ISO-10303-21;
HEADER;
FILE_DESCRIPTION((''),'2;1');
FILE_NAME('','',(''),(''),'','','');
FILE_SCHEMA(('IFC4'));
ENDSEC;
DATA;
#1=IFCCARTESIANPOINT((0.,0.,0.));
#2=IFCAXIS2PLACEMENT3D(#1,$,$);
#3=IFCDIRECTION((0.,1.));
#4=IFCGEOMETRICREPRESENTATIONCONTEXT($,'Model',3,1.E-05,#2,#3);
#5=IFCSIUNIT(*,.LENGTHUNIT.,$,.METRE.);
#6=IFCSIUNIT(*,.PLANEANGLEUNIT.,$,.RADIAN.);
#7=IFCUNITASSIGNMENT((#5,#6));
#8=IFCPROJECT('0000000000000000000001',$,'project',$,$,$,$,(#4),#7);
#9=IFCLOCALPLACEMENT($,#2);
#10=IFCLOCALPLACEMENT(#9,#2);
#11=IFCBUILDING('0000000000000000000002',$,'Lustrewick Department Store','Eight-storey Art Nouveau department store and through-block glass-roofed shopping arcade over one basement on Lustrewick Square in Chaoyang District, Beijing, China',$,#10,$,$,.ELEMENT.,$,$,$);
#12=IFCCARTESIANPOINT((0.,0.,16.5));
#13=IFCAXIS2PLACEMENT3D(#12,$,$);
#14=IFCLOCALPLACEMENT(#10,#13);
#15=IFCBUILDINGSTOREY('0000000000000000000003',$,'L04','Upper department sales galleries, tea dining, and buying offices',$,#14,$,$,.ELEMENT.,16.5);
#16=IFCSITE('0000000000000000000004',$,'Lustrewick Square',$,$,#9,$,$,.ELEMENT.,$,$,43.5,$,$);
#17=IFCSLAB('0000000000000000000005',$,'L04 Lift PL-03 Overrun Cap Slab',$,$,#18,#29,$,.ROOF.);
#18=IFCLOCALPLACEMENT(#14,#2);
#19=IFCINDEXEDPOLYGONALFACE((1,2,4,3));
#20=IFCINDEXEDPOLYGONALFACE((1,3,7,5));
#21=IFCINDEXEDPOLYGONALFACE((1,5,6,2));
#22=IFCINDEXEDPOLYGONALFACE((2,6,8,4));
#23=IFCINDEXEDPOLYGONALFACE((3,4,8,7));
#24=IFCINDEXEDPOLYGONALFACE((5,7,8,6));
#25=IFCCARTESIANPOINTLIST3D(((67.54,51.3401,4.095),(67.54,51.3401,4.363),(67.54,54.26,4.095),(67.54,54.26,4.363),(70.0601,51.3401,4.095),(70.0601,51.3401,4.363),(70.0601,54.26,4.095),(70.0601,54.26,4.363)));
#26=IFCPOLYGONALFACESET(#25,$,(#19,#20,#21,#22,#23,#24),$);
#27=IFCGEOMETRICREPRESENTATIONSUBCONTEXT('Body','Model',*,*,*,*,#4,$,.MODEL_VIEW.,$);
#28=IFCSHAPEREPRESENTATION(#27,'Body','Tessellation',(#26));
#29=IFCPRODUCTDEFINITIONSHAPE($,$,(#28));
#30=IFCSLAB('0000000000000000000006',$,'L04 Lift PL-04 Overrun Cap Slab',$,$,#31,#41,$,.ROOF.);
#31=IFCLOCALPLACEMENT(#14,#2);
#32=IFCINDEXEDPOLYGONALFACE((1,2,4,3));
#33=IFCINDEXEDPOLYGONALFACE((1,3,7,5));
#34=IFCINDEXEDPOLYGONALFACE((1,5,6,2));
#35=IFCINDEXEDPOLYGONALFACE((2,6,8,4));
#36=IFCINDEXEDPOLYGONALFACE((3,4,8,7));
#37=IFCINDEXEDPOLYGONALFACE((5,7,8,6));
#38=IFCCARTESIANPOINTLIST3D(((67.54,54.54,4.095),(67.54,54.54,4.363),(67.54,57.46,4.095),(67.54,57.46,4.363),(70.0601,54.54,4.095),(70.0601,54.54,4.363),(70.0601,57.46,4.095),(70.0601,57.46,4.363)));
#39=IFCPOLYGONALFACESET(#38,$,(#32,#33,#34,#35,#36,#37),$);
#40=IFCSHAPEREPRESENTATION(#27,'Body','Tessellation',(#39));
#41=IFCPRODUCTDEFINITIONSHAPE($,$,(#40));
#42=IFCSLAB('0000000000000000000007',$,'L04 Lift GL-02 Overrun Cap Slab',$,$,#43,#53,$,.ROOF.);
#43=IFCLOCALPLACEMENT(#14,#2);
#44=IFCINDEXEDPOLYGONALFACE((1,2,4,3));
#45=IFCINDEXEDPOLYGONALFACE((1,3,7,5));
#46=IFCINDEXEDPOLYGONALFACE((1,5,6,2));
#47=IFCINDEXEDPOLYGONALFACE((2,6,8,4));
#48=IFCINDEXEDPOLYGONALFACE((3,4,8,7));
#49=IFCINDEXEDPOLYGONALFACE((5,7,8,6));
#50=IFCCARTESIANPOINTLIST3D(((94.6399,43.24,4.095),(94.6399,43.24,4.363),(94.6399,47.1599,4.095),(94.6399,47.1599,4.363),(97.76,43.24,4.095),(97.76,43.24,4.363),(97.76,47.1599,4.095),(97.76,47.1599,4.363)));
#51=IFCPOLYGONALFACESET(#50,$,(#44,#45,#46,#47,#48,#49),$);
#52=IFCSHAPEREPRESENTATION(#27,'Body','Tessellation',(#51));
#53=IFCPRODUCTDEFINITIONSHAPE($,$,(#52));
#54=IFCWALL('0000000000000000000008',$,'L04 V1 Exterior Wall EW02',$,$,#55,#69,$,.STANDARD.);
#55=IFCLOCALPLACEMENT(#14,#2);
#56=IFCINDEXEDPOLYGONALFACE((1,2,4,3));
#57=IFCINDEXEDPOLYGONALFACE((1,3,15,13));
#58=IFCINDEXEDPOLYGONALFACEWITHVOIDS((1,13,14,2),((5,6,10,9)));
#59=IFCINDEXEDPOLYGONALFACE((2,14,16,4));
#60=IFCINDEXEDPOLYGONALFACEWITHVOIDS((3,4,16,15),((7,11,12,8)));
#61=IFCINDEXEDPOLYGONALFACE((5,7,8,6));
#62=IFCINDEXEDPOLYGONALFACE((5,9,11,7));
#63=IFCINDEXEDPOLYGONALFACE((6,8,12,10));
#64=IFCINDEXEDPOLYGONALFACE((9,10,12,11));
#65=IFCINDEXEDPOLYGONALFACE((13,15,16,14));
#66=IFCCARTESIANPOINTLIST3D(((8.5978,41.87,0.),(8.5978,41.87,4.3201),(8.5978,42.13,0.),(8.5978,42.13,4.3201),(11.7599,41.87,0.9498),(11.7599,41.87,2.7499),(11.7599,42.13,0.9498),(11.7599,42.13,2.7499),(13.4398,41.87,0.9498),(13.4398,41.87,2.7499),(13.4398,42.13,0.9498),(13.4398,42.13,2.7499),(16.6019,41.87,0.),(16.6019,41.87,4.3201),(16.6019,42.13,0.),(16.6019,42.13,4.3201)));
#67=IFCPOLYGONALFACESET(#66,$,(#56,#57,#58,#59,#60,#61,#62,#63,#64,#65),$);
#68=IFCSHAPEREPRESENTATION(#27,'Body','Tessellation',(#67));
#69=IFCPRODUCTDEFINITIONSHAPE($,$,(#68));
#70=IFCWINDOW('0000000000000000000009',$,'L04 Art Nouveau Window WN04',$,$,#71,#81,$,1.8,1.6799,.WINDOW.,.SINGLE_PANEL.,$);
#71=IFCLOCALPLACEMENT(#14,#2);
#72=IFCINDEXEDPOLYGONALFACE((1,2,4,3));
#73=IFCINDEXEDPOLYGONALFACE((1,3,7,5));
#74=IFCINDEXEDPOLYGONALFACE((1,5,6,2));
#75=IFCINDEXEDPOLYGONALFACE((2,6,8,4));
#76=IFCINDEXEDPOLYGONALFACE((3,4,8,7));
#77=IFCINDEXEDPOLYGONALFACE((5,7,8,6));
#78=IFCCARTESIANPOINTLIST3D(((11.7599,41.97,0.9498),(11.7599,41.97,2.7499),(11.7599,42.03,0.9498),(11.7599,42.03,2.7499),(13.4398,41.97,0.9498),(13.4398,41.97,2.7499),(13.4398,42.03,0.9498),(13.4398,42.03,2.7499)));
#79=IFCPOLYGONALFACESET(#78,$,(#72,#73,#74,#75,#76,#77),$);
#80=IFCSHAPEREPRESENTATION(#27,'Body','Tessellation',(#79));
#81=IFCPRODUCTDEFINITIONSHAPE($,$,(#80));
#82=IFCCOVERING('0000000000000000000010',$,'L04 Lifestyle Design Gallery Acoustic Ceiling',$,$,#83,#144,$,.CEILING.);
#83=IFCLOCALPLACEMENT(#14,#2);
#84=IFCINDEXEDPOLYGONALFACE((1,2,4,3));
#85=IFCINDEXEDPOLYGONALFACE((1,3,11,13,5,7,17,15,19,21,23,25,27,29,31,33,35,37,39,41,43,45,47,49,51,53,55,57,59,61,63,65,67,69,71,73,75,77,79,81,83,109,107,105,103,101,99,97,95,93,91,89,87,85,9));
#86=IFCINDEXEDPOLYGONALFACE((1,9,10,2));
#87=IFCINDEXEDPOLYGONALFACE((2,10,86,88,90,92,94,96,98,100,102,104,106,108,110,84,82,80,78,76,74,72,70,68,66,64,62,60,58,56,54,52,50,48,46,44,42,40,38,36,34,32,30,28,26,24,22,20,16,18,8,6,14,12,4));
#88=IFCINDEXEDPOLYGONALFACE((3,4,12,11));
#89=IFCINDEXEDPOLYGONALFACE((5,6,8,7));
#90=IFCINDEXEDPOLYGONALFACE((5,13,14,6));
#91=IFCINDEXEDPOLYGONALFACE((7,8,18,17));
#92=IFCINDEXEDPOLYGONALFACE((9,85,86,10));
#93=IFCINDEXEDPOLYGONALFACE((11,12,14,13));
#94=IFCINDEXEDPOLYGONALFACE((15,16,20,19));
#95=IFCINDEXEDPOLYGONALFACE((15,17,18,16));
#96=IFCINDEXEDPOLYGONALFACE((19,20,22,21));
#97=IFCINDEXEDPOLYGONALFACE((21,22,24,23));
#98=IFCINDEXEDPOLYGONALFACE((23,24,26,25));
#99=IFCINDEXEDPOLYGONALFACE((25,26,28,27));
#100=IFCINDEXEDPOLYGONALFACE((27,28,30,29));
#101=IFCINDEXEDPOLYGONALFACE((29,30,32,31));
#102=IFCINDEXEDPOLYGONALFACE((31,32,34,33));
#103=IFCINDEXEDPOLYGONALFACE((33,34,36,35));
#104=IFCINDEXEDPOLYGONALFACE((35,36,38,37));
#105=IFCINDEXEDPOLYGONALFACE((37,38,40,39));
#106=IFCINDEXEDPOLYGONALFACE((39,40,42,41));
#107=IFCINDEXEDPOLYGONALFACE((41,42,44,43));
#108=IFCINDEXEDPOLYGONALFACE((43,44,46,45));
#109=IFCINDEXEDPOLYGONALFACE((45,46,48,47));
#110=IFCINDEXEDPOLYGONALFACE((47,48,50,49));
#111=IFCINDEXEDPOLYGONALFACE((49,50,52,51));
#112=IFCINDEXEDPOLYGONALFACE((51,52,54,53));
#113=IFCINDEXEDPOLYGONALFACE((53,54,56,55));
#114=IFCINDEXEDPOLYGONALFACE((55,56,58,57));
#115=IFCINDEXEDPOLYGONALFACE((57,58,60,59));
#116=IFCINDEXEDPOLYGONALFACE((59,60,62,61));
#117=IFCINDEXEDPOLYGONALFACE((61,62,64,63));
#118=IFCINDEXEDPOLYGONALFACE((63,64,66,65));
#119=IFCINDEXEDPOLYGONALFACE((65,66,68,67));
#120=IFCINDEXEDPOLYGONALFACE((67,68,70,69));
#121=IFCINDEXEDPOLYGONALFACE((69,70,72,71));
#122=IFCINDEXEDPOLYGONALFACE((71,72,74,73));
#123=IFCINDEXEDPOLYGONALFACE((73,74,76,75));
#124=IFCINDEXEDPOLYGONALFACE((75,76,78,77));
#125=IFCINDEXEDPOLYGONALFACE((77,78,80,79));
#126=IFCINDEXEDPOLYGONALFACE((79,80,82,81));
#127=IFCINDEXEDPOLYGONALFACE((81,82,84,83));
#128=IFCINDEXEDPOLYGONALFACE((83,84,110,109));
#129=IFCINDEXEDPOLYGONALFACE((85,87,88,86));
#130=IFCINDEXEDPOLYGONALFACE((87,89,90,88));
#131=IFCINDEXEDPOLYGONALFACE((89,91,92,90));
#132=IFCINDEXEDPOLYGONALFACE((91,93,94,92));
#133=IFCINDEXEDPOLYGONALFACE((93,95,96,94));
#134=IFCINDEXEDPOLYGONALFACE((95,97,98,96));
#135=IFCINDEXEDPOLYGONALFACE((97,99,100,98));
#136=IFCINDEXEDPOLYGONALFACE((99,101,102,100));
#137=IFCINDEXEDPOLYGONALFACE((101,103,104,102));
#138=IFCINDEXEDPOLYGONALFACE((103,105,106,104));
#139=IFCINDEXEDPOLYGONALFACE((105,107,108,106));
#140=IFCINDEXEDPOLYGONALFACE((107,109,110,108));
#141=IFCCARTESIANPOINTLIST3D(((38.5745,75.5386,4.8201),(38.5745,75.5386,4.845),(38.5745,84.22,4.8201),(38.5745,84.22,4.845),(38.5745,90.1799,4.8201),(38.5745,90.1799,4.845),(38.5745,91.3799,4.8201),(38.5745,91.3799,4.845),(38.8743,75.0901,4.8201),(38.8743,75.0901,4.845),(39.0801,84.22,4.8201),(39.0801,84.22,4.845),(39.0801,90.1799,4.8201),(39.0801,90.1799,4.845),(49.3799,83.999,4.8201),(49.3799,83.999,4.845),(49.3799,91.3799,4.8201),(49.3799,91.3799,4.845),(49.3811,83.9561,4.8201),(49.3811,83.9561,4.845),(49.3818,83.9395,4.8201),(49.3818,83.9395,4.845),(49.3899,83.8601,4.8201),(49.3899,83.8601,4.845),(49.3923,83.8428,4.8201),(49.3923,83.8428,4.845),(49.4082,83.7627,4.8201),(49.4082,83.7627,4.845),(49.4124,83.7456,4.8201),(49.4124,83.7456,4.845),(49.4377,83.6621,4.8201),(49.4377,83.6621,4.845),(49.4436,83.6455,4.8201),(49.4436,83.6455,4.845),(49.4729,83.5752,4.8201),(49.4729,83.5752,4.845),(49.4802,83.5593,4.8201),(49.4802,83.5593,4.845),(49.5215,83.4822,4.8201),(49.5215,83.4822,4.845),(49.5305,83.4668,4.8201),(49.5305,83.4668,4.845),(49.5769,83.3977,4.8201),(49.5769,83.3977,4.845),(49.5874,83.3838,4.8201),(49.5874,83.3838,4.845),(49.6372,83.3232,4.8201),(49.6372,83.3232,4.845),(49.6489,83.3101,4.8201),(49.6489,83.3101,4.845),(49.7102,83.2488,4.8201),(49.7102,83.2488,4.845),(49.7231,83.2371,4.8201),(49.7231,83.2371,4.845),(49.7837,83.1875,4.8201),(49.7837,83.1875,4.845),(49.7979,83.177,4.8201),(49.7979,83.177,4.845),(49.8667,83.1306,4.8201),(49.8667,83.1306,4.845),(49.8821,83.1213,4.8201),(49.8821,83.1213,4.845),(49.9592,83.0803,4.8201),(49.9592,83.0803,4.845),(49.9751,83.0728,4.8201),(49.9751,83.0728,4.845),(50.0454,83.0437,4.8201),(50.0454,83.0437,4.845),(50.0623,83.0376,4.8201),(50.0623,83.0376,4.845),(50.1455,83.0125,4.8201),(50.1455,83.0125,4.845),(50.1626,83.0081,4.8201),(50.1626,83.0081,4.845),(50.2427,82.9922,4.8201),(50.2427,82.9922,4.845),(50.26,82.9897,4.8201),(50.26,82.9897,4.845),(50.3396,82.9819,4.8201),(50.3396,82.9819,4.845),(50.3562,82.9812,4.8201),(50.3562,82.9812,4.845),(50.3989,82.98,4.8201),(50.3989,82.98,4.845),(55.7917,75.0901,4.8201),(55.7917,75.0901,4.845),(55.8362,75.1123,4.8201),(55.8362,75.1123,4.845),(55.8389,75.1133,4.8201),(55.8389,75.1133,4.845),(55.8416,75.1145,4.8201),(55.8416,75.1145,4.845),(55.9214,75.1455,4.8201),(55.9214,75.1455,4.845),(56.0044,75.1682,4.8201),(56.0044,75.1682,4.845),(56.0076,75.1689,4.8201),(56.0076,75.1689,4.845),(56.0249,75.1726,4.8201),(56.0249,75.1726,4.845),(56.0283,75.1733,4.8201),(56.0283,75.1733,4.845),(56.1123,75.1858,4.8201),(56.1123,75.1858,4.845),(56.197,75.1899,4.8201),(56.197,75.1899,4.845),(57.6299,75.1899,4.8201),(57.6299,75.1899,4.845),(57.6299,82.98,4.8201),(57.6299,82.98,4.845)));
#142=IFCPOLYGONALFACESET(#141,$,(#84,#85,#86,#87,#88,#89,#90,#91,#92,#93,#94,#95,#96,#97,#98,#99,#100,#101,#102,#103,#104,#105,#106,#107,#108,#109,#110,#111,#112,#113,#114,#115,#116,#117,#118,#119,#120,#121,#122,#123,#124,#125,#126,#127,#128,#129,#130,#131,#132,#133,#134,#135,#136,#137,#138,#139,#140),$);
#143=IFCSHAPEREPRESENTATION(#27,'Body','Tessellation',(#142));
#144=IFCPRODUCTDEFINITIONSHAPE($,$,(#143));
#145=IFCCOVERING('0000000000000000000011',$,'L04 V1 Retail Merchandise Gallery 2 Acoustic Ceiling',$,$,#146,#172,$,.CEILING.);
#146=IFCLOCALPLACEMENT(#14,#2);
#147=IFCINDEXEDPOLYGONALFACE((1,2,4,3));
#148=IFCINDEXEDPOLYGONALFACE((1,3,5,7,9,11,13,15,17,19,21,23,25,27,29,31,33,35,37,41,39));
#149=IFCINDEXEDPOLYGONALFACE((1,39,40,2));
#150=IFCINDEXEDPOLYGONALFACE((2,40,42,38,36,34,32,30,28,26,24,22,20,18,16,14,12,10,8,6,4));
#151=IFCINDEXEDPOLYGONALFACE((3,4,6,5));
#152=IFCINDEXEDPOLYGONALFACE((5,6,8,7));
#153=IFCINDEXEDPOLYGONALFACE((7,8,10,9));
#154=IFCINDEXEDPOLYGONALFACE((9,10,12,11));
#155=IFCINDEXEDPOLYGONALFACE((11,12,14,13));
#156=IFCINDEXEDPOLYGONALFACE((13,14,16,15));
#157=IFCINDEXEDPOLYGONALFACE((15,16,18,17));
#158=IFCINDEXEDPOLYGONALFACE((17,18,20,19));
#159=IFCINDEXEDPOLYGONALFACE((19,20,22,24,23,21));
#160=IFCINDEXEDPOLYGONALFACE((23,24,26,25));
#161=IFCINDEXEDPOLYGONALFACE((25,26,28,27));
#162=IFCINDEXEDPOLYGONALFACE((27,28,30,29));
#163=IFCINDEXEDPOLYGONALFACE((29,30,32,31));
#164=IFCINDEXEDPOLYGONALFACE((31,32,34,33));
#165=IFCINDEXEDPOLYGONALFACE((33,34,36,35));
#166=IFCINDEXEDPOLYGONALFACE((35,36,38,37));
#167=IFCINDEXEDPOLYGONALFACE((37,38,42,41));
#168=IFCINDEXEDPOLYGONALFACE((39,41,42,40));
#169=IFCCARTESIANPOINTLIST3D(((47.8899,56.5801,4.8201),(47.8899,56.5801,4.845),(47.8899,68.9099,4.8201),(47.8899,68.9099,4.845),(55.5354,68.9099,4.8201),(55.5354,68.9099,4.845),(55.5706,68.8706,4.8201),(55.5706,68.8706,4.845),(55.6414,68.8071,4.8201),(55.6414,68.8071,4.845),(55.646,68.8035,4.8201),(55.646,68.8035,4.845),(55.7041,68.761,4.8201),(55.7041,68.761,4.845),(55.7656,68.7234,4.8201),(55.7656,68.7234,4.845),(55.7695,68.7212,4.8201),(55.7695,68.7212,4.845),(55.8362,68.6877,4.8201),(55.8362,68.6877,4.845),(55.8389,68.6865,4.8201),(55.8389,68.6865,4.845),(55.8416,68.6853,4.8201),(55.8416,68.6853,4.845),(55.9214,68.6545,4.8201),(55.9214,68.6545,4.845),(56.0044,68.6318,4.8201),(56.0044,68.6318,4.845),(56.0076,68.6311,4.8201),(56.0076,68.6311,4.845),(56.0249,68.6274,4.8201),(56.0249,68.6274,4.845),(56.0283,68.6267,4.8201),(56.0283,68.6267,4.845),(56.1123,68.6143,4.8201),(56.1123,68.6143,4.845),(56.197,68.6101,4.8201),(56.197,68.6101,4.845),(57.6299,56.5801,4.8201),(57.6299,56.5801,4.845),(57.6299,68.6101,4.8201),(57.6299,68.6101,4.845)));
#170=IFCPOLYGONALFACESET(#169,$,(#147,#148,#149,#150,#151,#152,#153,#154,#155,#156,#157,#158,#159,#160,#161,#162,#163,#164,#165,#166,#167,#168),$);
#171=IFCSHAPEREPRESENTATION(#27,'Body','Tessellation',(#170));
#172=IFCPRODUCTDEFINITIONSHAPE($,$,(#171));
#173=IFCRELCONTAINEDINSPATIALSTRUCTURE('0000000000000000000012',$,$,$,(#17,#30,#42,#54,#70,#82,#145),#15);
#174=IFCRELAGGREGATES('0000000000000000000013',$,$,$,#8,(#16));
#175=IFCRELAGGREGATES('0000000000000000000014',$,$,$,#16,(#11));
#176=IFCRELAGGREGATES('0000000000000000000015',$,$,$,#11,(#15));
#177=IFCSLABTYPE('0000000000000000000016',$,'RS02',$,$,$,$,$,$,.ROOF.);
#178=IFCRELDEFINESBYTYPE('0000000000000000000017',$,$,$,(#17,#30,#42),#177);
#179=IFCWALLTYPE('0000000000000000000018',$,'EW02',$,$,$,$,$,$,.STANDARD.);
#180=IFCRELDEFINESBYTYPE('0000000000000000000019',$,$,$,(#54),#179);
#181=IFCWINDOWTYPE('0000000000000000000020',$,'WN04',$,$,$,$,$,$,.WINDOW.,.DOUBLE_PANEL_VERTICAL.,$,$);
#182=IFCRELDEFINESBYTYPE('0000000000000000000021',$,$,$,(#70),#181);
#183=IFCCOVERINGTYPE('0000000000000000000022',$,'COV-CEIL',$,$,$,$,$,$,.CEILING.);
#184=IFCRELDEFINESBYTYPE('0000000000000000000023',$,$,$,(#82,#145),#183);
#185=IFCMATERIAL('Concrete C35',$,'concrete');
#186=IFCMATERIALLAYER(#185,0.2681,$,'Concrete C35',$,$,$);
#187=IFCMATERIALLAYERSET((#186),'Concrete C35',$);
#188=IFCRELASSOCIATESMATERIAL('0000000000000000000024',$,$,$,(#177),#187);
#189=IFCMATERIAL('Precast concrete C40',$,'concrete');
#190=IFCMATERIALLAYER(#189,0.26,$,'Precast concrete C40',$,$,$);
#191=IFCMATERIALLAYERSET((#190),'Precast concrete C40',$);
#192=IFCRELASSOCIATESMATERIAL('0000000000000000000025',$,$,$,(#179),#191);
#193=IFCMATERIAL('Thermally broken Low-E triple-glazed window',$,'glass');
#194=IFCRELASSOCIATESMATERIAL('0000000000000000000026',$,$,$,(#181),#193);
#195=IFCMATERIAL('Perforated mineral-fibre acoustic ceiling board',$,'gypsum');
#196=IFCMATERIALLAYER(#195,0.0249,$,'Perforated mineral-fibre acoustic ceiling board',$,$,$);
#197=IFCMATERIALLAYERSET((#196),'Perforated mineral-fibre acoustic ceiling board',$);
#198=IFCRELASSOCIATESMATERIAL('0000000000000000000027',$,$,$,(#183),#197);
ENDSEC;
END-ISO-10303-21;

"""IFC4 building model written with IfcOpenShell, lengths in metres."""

from ifc_helpers import new_model, si_unit, direction, frame, frame_2d, origin, place, context, subcontext, project, spatial, polyline, rectangle, outline, extrude, material, layer, layer_set, type_object, element, fill, save


model = new_model("IFC4")

# Units and contexts
model_context = context("Model", 3, precision=1e-05, world=origin(), true_north=direction((0.0, 1.0)))
body_context = subcontext(model_context, "Body", "Model", "MODEL_VIEW")
ifc_project = project(units=[si_unit("LENGTHUNIT", "METRE"), si_unit("PLANEANGLEUNIT", "RADIAN")], contexts=[model_context])

# Site, building, storey
site_placement = place(None, origin())
site = spatial("IfcSite", under=ifc_project, at=site_placement, Name="Lustrewick Square", CompositionType="ELEMENT", RefElevation=43.5)
building_placement = place(site_placement, origin())
building = spatial("IfcBuilding", under=site, at=building_placement, Name="Lustrewick Department Store", Description="Eight-storey Art Nouveau department store and through-block glass-roofed shopping arcade over one basement on Lustrewick Square in Chaoyang District, Beijing, China", CompositionType="ELEMENT")
storey_placement = place(building_placement, frame((0.0, 0.0, 16.5)))
storey = spatial("IfcBuildingStorey", under=building, at=storey_placement, Name="L04", Description="Upper department sales galleries, tea dining, and buying offices", CompositionType="ELEMENT", Elevation=16.5)

# Slabs
ifc_material_1 = material(Name="Concrete C35", Category="concrete")
ifc_layer_1 = layer(ifc_material_1, 0.2681, Name="Concrete C35")
ifc_layer_set_1 = layer_set([ifc_layer_1], Name="Concrete C35")
slab_type_1 = type_object("IfcSlabType", Name="RS02", PredefinedType="ROOF", material=ifc_layer_set_1)
slab_1_placement = place(storey_placement, frame((0.0, 0.0, 4.095)))
element("IfcSlab", 1, at=slab_1_placement, inside=storey, type_object=slab_type_1, Name="L04 Lift PL-03 Overrun Cap Slab", PredefinedType="ROOF", context=body_context, shape_type="SweptSolid", body=[
    extrude(outline(polyline([(70.0601, 51.3401), (70.0601, 54.26), (67.54, 54.26), (67.54, 51.3401), (70.0601, 51.3401)])), origin(), (0.0, 0.0, 1.0), 0.2681),
])
slab_2_placement = place(storey_placement, frame((0.0, 0.0, 4.095)))
element("IfcSlab", 2, at=slab_2_placement, inside=storey, type_object=slab_type_1, Name="L04 Lift PL-04 Overrun Cap Slab", PredefinedType="ROOF", context=body_context, shape_type="SweptSolid", body=[
    extrude(outline(polyline([(70.0601, 54.54), (70.0601, 57.46), (67.54, 57.46), (67.54, 54.54), (70.0601, 54.54)])), origin(), (0.0, 0.0, 1.0), 0.2681),
])
slab_3_placement = place(storey_placement, frame((0.0, 0.0, 4.095)))
element("IfcSlab", 3, at=slab_3_placement, inside=storey, type_object=slab_type_1, Name="L04 Lift GL-02 Overrun Cap Slab", PredefinedType="ROOF", context=body_context, shape_type="SweptSolid", body=[
    extrude(outline(polyline([(97.76, 43.24), (97.76, 47.1599), (94.6399, 47.1599), (94.6399, 43.24), (97.76, 43.24)])), origin(), (0.0, 0.0, 1.0), 0.2681),
])

# Wall, opening, window
ifc_material_2 = material(Name="Precast concrete C40", Category="concrete")
ifc_layer_2 = layer(ifc_material_2, 0.26, Name="Precast concrete C40")
ifc_layer_set_2 = layer_set([ifc_layer_2], Name="Precast concrete C40")
wall_type = type_object("IfcWallType", Name="EW02", PredefinedType="STANDARD", material=ifc_layer_set_2)
wall_placement = place(storey_placement, frame((8.5979, 42.0, 0.0), z_axis=(0.0, 0.0, 1.0), x_axis=(1.0, 0.0, 0.0)))
wall = element("IfcWall", 4, at=wall_placement, inside=storey, type_object=wall_type, Name="L04 V1 Exterior Wall EW02", PredefinedType="STANDARD", context=body_context, shape_type="SweptSolid", body=[
    extrude(rectangle(XDim=8.0042, YDim=0.26, at=frame_2d((4.002, 0.0))), origin(), (0.0, 0.0, 1.0), 4.3201),
])
opening_placement = place(wall_placement, frame((3.1621, 0.0, 0.95)))
opening = element("IfcOpeningElement", 5, at=opening_placement, cuts=wall, PredefinedType="OPENING", context=body_context, shape_type="SweptSolid", body=[
    extrude(rectangle(XDim=1.6799, YDim=1.8, at=frame_2d((0.8398, 0.8999))), frame((0.0, 0.1401, 0.0), z_axis=(0.0, -1.0, 0.0), x_axis=(1.0, 0.0, 0.0)), (0.0, 0.0, 1.0), 0.28),
])
ifc_material_3 = material(Name="Thermally broken Low-E triple-glazed window", Category="glass")
window_type = type_object("IfcWindowType", Name="WN04", PartitioningType="DOUBLE_PANEL_VERTICAL", PredefinedType="WINDOW", material=ifc_material_3)
window_placement = place(opening_placement, origin())
window = element("IfcWindow", 6, at=window_placement, inside=storey, type_object=window_type, Name="L04 Art Nouveau Window WN04", OverallHeight=1.8, OverallWidth=1.6799, PartitioningType="SINGLE_PANEL", PredefinedType="WINDOW", context=body_context, shape_type="SweptSolid", body=[
    extrude(rectangle(XDim=1.6799, YDim=1.8, at=frame_2d((0.8398, 0.8999))), frame((0.0, 0.03, 0.0), z_axis=(0.0, -1.0, 0.0), x_axis=(1.0, 0.0, 0.0)), (0.0, 0.0, 1.0), 0.0601),
])
fill(opening, window)

# Coverings
ifc_material_4 = material(Name="Perforated mineral-fibre acoustic ceiling board", Category="gypsum")
ifc_layer_3 = layer(ifc_material_4, 0.0249, Name="Perforated mineral-fibre acoustic ceiling board")
ifc_layer_set_3 = layer_set([ifc_layer_3], Name="Perforated mineral-fibre acoustic ceiling board")
covering_type_1 = type_object("IfcCoveringType", Name="COV-CEIL", PredefinedType="CEILING", material=ifc_layer_set_3)
covering_1_placement = place(storey_placement, frame((0.0, 0.0, 4.8201)))
element("IfcCovering", 7, at=covering_1_placement, inside=storey, type_object=covering_type_1, Name="L04 Lifestyle Design Gallery Acoustic Ceiling", PredefinedType="CEILING", context=body_context, shape_type="SweptSolid", body=[
    extrude(outline(polyline([(38.5745, 91.3799), (38.5745, 90.1799), (39.0801, 90.1799), (39.0801, 84.22), (38.5745, 84.22), (38.5745, 75.5386), (38.8743, 75.0901), (55.7917, 75.0901), (55.8362, 75.1123), (55.8389, 75.1133), (55.8416, 75.1145), (55.9214, 75.1455), (56.0044, 75.1682), (56.0076, 75.1689), (56.0249, 75.1726), (56.0283, 75.1733), (56.1123, 75.1858), (56.197, 75.1899), (57.6299, 75.1899), (57.6299, 82.98), (50.3989, 82.98), (50.3562, 82.9812), (50.3396, 82.9819), (50.26, 82.9897), (50.2427, 82.9922), (50.1626, 83.0081), (50.1455, 83.0125), (50.0623, 83.0376), (50.0454, 83.0437), (49.9751, 83.0728), (49.9592, 83.0803), (49.8821, 83.1213), (49.8667, 83.1306), (49.7979, 83.177), (49.7837, 83.1875), (49.7231, 83.2371), (49.7102, 83.2488), (49.6489, 83.3101), (49.6372, 83.3232), (49.5874, 83.3838), (49.5769, 83.3977), (49.5305, 83.4668), (49.5215, 83.4822), (49.4802, 83.5593), (49.4729, 83.5752), (49.4436, 83.6455), (49.4377, 83.6621), (49.4124, 83.7456), (49.4082, 83.7627), (49.3923, 83.8428), (49.3899, 83.8601), (49.3818, 83.9395), (49.3811, 83.9561), (49.3799, 83.999), (49.3799, 91.3799), (38.5745, 91.3799)])), origin(), (0.0, 0.0, 1.0), 0.0249),
])
covering_2_placement = place(storey_placement, frame((0.0, 0.0, 4.8201)))
element("IfcCovering", 8, at=covering_2_placement, inside=storey, type_object=covering_type_1, Name="L04 V1 Retail Merchandise Gallery 2 Acoustic Ceiling", PredefinedType="CEILING", context=body_context, shape_type="SweptSolid", body=[
    extrude(outline(polyline([(55.5354, 68.9099), (47.8899, 68.9099), (47.8899, 56.5801), (57.6299, 56.5801), (57.6299, 68.6101), (56.197, 68.6101), (56.1123, 68.6143), (56.0283, 68.6267), (56.0249, 68.6274), (56.0076, 68.6311), (56.0044, 68.6318), (55.9214, 68.6545), (55.8416, 68.6853), (55.8389, 68.6865), (55.8362, 68.6877), (55.7695, 68.7212), (55.7656, 68.7234), (55.7041, 68.761), (55.646, 68.8035), (55.6414, 68.8071), (55.5706, 68.8706), (55.5354, 68.9099)])), origin(), (0.0, 0.0, 1.0), 0.0249),
])

save(model, "model.ifc")
